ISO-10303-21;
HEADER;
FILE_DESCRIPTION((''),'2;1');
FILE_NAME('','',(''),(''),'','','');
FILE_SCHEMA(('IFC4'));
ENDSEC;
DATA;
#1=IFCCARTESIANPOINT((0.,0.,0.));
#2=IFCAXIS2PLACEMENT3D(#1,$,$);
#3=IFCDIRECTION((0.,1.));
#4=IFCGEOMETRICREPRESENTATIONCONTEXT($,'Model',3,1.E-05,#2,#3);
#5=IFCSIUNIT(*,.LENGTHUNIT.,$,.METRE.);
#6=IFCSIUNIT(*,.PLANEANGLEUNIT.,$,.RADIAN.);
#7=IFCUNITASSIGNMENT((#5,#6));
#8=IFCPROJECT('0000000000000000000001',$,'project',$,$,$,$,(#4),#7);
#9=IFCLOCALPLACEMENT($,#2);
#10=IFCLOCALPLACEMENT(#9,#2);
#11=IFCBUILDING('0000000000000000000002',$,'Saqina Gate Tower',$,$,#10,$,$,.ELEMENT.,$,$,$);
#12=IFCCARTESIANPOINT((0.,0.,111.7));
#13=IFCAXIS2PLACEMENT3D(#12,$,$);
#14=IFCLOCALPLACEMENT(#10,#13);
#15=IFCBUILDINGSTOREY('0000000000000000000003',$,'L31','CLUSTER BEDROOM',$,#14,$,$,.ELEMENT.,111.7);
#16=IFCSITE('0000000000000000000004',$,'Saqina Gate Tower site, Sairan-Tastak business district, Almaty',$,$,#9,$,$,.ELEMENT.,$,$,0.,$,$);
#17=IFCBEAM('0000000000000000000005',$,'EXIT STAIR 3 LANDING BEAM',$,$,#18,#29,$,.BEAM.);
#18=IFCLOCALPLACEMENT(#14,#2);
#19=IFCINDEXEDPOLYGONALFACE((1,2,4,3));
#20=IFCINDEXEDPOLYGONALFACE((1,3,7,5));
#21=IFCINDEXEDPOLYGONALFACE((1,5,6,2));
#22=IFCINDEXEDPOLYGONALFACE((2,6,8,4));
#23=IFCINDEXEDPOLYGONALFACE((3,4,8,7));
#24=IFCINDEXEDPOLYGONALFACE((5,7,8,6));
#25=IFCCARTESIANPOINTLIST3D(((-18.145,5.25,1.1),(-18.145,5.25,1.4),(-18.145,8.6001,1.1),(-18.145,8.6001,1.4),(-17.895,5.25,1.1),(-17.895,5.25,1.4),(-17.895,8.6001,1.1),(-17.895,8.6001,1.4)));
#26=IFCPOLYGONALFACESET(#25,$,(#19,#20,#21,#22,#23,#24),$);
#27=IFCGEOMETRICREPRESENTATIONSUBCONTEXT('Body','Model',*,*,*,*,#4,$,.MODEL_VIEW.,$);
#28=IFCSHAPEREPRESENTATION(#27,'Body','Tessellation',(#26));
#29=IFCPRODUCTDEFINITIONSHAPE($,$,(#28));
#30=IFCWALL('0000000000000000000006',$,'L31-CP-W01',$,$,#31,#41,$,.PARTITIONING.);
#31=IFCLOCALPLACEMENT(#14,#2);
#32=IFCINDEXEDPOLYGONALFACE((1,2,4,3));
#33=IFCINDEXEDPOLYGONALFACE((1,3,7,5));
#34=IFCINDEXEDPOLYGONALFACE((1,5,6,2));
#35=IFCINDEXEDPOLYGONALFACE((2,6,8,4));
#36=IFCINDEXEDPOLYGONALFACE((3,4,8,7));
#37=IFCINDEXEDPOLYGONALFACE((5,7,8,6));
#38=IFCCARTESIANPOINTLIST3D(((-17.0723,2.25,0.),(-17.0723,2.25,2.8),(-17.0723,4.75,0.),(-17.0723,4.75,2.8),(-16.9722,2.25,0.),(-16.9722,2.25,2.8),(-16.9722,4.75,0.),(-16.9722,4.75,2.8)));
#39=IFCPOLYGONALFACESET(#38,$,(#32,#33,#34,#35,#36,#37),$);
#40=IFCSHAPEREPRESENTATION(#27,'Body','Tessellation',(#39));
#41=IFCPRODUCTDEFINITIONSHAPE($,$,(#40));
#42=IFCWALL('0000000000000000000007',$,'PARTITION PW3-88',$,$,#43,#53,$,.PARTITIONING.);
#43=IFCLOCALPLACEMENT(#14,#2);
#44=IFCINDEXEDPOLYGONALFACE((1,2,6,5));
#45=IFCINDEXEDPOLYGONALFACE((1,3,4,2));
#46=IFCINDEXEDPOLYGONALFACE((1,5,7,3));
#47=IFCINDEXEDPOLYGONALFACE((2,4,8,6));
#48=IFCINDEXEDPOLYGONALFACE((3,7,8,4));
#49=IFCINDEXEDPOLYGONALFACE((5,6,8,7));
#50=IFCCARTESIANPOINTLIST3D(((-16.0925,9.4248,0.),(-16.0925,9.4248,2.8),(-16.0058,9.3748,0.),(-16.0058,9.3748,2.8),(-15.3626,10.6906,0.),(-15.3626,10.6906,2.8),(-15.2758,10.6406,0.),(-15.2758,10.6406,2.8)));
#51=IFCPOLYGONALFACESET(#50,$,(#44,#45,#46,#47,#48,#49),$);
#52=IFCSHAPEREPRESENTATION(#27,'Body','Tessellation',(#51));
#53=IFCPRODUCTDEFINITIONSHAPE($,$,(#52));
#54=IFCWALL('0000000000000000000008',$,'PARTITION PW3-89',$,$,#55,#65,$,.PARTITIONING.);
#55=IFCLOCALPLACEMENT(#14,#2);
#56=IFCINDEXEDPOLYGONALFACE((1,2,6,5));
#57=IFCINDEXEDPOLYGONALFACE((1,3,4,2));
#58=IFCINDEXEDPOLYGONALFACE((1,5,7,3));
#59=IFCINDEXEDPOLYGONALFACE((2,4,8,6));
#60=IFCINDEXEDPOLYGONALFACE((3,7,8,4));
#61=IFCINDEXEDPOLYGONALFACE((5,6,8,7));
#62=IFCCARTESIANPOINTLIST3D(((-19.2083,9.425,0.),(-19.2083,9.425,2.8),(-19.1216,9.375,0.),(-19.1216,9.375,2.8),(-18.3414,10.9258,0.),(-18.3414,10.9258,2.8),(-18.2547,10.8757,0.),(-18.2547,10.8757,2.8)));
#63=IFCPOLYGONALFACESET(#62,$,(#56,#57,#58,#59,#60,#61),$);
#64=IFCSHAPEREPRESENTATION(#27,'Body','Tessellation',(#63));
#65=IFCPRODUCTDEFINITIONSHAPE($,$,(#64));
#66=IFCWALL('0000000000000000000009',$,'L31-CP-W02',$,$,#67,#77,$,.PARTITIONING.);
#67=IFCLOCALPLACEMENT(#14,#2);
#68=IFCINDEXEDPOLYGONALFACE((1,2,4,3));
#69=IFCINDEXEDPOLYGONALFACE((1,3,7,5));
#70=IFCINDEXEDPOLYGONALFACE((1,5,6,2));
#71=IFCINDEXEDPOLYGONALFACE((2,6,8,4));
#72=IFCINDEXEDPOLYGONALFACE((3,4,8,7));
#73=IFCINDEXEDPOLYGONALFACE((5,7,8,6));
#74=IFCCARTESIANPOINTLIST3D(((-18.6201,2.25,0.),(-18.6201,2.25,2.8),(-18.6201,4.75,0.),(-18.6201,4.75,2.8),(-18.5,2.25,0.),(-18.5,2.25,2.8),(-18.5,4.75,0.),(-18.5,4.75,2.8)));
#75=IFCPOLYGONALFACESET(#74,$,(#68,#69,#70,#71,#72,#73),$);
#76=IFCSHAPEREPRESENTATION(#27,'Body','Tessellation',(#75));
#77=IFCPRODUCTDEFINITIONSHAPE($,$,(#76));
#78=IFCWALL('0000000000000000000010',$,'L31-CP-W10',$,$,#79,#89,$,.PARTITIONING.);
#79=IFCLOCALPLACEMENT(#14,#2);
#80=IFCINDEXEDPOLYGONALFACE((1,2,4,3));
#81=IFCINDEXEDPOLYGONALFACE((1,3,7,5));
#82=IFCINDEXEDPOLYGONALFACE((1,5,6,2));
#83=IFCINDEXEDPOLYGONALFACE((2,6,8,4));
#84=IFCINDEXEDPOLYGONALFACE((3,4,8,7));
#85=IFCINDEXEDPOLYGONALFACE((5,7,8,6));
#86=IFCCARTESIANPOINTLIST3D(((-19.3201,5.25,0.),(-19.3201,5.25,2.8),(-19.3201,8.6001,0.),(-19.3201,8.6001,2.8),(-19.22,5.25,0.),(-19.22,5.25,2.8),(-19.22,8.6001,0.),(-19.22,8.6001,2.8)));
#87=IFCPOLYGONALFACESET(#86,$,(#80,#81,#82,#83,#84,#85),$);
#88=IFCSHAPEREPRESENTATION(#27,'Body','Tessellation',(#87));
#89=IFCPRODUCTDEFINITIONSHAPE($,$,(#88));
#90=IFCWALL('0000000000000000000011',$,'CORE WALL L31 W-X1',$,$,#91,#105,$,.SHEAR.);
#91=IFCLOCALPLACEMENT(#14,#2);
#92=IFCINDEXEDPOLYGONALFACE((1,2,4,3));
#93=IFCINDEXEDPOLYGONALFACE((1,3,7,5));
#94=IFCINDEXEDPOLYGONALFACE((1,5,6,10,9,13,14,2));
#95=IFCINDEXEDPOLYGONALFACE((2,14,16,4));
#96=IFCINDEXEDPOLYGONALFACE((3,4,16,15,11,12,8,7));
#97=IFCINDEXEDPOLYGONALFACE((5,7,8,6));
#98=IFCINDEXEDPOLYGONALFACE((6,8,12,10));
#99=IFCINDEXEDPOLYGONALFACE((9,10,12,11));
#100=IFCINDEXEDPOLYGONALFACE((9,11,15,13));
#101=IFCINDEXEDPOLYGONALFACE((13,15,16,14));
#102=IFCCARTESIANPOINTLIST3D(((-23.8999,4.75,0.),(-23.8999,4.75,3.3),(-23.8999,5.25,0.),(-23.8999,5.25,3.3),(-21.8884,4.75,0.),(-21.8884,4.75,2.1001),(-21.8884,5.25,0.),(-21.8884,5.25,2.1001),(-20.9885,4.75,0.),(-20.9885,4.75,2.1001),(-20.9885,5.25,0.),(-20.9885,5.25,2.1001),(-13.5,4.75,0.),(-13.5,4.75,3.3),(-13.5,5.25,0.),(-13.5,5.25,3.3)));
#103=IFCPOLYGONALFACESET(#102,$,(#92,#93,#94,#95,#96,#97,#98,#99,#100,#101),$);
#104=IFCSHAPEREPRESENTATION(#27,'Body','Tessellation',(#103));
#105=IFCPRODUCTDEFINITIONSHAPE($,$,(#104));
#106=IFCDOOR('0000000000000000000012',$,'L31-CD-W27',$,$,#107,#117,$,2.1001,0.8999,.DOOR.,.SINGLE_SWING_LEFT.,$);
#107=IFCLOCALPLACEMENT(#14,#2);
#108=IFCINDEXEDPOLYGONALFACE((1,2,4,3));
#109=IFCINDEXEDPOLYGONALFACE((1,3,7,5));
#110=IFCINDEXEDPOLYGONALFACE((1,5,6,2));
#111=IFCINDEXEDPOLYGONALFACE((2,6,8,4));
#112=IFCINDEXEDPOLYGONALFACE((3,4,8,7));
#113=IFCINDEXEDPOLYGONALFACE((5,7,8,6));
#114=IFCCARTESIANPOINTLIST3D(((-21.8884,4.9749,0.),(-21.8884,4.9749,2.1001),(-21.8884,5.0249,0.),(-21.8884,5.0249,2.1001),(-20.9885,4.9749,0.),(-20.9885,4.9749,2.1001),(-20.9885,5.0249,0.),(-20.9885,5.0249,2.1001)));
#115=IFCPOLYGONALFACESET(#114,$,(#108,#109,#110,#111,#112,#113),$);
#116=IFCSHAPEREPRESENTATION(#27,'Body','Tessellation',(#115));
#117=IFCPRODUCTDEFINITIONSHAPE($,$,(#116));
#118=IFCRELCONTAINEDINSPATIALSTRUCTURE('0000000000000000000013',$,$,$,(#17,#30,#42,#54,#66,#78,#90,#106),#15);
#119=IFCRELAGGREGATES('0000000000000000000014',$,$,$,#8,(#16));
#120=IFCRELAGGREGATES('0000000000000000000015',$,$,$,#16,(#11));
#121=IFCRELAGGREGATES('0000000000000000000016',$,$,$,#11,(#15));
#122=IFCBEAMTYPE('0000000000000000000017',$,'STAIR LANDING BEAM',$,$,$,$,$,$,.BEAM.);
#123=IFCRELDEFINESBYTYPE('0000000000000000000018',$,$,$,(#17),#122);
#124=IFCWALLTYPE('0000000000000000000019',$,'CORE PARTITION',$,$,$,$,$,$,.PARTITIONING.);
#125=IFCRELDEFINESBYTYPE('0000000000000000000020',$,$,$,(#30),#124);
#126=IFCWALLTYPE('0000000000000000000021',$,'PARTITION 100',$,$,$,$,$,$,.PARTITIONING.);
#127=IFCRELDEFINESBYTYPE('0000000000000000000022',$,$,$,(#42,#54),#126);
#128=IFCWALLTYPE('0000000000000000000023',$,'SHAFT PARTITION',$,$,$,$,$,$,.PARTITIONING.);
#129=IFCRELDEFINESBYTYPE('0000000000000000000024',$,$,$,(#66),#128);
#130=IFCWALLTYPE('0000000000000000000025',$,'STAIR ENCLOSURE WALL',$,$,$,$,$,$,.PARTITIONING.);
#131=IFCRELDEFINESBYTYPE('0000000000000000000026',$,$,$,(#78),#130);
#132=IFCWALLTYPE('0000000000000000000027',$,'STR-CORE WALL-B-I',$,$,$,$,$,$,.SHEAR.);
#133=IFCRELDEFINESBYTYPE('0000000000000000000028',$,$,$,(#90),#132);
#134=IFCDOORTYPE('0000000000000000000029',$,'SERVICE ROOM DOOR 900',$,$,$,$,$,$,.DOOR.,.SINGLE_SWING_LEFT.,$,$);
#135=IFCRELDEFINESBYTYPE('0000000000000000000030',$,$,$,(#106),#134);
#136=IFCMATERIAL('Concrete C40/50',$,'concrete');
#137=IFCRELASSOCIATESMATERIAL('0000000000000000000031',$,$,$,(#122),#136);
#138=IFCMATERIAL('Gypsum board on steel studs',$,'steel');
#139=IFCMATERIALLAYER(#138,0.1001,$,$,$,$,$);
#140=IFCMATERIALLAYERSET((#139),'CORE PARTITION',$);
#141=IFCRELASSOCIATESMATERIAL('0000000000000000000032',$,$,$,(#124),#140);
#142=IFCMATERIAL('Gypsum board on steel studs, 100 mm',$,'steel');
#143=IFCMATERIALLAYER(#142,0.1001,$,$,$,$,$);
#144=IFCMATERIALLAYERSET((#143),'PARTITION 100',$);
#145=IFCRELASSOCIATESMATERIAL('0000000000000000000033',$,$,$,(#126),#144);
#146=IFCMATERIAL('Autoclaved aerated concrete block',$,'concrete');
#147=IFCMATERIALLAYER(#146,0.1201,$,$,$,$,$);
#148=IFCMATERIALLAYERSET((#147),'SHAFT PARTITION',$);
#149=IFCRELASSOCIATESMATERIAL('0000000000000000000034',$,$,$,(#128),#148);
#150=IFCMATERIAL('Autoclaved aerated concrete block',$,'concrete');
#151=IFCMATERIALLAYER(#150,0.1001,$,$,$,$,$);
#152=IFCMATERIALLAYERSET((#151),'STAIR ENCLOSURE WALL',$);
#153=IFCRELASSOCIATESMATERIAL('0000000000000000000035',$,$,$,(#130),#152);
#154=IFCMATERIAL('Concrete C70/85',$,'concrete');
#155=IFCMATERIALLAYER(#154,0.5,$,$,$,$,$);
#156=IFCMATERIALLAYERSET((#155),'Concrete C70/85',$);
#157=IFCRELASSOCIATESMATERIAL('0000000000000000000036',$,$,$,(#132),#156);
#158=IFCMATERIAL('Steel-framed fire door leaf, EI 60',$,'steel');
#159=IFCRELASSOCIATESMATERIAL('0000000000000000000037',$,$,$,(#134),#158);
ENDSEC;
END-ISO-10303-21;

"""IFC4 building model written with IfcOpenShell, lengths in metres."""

from ifc_helpers import new_model, si_unit, direction, frame, frame_2d, origin, origin_2d, place, context, subcontext, project, spatial, rectangle, extrude, material, layer, layer_set, material_profile, profile_set, type_object, element, fill, save


model = new_model("IFC4")

# Units and contexts
model_context = context("Model", 3, precision=1e-05, world=origin(), true_north=direction((0.0, 1.0)))
body_context = subcontext(model_context, "Body", "Model", "MODEL_VIEW")
ifc_project = project(units=[si_unit("LENGTHUNIT", "METRE"), si_unit("PLANEANGLEUNIT", "RADIAN")], contexts=[model_context])

# Site, building, storey
site_placement = place(None, origin())
site = spatial("IfcSite", under=ifc_project, at=site_placement, Name="Saqina Gate Tower site, Sairan-Tastak business district, Almaty", CompositionType="ELEMENT", RefElevation=0.0)
building_placement = place(site_placement, origin())
building = spatial("IfcBuilding", under=site, at=building_placement, Name="Saqina Gate Tower", CompositionType="ELEMENT")
storey_placement = place(building_placement, frame((0.0, 0.0, 111.7)))
storey = spatial("IfcBuildingStorey", under=building, at=storey_placement, Name="L31", Description="CLUSTER BEDROOM", CompositionType="ELEMENT", Elevation=111.7)

# Beam
ifc_material_1 = material(Name="Concrete C40/50", Category="concrete")
ifc_material_profile = material_profile(ifc_material_1, rectangle(XDim=0.25, YDim=0.3, at=origin_2d()), Name="STAIR LANDING BEAM")
ifc_profile_set = profile_set([ifc_material_profile], Name="Concrete C40/50")
beam_type = type_object("IfcBeamType", Name="STAIR LANDING BEAM", PredefinedType="BEAM", material=ifc_profile_set)
beam_placement = place(storey_placement, frame((-18.02, 5.25, 1.25), z_axis=(0.0, 1.0, 0.0), x_axis=(-1.0, 0.0, 0.0)))
element("IfcBeam", 1, at=beam_placement, inside=storey, type_object=beam_type, Name="EXIT STAIR 3 LANDING BEAM", PredefinedType="BEAM", context=body_context, shape_type="SweptSolid", body=[
    extrude(rectangle(XDim=0.25, YDim=0.3, at=origin_2d()), origin(), (0.0, 0.0, 1.0), 3.3501),
])

# Walls
ifc_material_2 = material(Name="Gypsum board on steel studs", Category="steel")
ifc_layer_1 = layer(ifc_material_2, 0.1001)
ifc_layer_set_1 = layer_set([ifc_layer_1], Name="CORE PARTITION")
wall_type_1 = type_object("IfcWallType", Name="CORE PARTITION", PredefinedType="PARTITIONING", material=ifc_layer_set_1)
wall_1_placement = place(storey_placement, frame((-17.0222, 2.25, 0.0), z_axis=(0.0, 0.0, 1.0), x_axis=(0.0, 1.0, 0.0)))
element("IfcWall", 2, at=wall_1_placement, inside=storey, type_object=wall_type_1, Name="L31-CP-W01", PredefinedType="PARTITIONING", context=body_context, shape_type="SweptSolid", body=[
    extrude(rectangle(XDim=2.5, YDim=0.1001, at=frame_2d((1.25, 0.0))), origin(), (0.0, 0.0, 1.0), 2.8),
])
ifc_material_3 = material(Name="Gypsum board on steel studs, 100 mm", Category="steel")
ifc_layer_2 = layer(ifc_material_3, 0.1001)
ifc_layer_set_2 = layer_set([ifc_layer_2], Name="PARTITION 100")
wall_type_2 = type_object("IfcWallType", Name="PARTITION 100", PredefinedType="PARTITIONING", material=ifc_layer_set_2)
wall_2_placement = place(storey_placement, frame((-16.0491, 9.3999, 0.0), z_axis=(0.0, 0.0, 1.0), x_axis=(0.499554, 0.866283, 0.0)))
element("IfcWall", 3, at=wall_2_placement, inside=storey, type_object=wall_type_2, Name="PARTITION PW3-88", PredefinedType="PARTITIONING", context=body_context, shape_type="SweptSolid", body=[
    extrude(rectangle(XDim=1.4612, YDim=0.1001, at=frame_2d((0.7305, 0.0))), origin(), (0.0, 0.0, 1.0), 2.8),
])
wall_3_placement = place(storey_placement, frame((-19.165, 9.3999, 0.0), z_axis=(0.0, 0.0, 1.0), x_axis=(0.500214, 0.865902, 0.0)))
element("IfcWall", 4, at=wall_3_placement, inside=storey, type_object=wall_type_2, Name="PARTITION PW3-89", PredefinedType="PARTITIONING", context=body_context, shape_type="SweptSolid", body=[
    extrude(rectangle(XDim=1.7332, YDim=0.1001, at=frame_2d((0.8667, 0.0))), origin(), (0.0, 0.0, 1.0), 2.8),
])
ifc_material_4 = material(Name="Autoclaved aerated concrete block", Category="concrete")
ifc_layer_3 = layer(ifc_material_4, 0.1201)
ifc_layer_set_3 = layer_set([ifc_layer_3], Name="SHAFT PARTITION")
wall_type_3 = type_object("IfcWallType", Name="SHAFT PARTITION", PredefinedType="PARTITIONING", material=ifc_layer_set_3)
wall_4_placement = place(storey_placement, frame((-18.5601, 2.25, 0.0), z_axis=(0.0, 0.0, 1.0), x_axis=(0.0, 1.0, 0.0)))
element("IfcWall", 5, at=wall_4_placement, inside=storey, type_object=wall_type_3, Name="L31-CP-W02", PredefinedType="PARTITIONING", context=body_context, shape_type="SweptSolid", body=[
    extrude(rectangle(XDim=2.5, YDim=0.1201, at=frame_2d((1.25, 0.0))), origin(), (0.0, 0.0, 1.0), 2.8),
])
ifc_material_5 = material(Name="Autoclaved aerated concrete block", Category="concrete")
ifc_layer_4 = layer(ifc_material_5, 0.1001)
ifc_layer_set_4 = layer_set([ifc_layer_4], Name="STAIR ENCLOSURE WALL")
wall_type_4 = type_object("IfcWallType", Name="STAIR ENCLOSURE WALL", PredefinedType="PARTITIONING", material=ifc_layer_set_4)
wall_5_placement = place(storey_placement, frame((-19.27, 5.25, 0.0), z_axis=(0.0, 0.0, 1.0), x_axis=(0.0, 1.0, 0.0)))
element("IfcWall", 6, at=wall_5_placement, inside=storey, type_object=wall_type_4, Name="L31-CP-W10", PredefinedType="PARTITIONING", context=body_context, shape_type="SweptSolid", body=[
    extrude(rectangle(XDim=3.3501, YDim=0.1001, at=frame_2d((1.675, 0.0))), origin(), (0.0, 0.0, 1.0), 2.8),
])

# Wall, opening, door
ifc_material_6 = material(Name="Concrete C70/85", Category="concrete")
ifc_layer_5 = layer(ifc_material_6, 0.5)
ifc_layer_set_5 = layer_set([ifc_layer_5], Name="Concrete C70/85")
wall_type_5 = type_object("IfcWallType", Name="STR-CORE WALL-B-I", PredefinedType="SHEAR", material=ifc_layer_set_5)
wall_6_placement = place(storey_placement, frame((-13.5, 5.0, 0.0), z_axis=(0.0, 0.0, 1.0), x_axis=(-1.0, 0.0, 0.0)))
wall_6 = element("IfcWall", 7, at=wall_6_placement, inside=storey, type_object=wall_type_5, Name="CORE WALL L31 W-X1", PredefinedType="SHEAR", context=body_context, shape_type="SweptSolid", body=[
    extrude(rectangle(XDim=10.3999, YDim=0.5, at=frame_2d((5.2, 0.0))), origin(), (0.0, 0.0, 1.0), 3.3),
])
opening_1_placement = place(wall_6_placement, frame((7.4885, 0.0, 0.0)))
opening_1 = element("IfcOpeningElement", 8, at=opening_1_placement, cuts=wall_6, PredefinedType="OPENING", context=body_context, shape_type="SweptSolid", body=[
    extrude(rectangle(XDim=0.8999, YDim=2.1001, at=frame_2d((0.45, 1.05))), frame((0.0, 0.262, 0.0), z_axis=(0.0, -1.0, 0.0), x_axis=(1.0, 0.0, 0.0)), (0.0, 0.0, 1.0), 0.5239),
])
ifc_material_7 = material(Name="Steel-framed fire door leaf, EI 60", Category="steel")
door_type_1 = type_object("IfcDoorType", Name="SERVICE ROOM DOOR 900", OperationType="SINGLE_SWING_LEFT", PredefinedType="DOOR", material=ifc_material_7)
door_1_placement = place(opening_1_placement, frame((0.8999, 0.0, 0.0), z_axis=(0.0, 0.0, 1.0), x_axis=(-1.0, 0.0, 0.0)))
door_1 = element("IfcDoor", 9, at=door_1_placement, inside=storey, type_object=door_type_1, Name="L31-CD-W27", OperationType="SINGLE_SWING_LEFT", OverallHeight=2.1001, OverallWidth=0.8999, PredefinedType="DOOR", context=body_context, shape_type="SweptSolid", body=[
    extrude(rectangle(XDim=0.8999, YDim=2.1001, at=frame_2d((0.45, 1.05))), frame((0.0, 0.0249, 0.0), z_axis=(0.0, -1.0, 0.0), x_axis=(1.0, 0.0, 0.0)), (0.0, 0.0, 1.0), 0.05),
])
fill(opening_1, door_1)

save(model, "model.ifc")
